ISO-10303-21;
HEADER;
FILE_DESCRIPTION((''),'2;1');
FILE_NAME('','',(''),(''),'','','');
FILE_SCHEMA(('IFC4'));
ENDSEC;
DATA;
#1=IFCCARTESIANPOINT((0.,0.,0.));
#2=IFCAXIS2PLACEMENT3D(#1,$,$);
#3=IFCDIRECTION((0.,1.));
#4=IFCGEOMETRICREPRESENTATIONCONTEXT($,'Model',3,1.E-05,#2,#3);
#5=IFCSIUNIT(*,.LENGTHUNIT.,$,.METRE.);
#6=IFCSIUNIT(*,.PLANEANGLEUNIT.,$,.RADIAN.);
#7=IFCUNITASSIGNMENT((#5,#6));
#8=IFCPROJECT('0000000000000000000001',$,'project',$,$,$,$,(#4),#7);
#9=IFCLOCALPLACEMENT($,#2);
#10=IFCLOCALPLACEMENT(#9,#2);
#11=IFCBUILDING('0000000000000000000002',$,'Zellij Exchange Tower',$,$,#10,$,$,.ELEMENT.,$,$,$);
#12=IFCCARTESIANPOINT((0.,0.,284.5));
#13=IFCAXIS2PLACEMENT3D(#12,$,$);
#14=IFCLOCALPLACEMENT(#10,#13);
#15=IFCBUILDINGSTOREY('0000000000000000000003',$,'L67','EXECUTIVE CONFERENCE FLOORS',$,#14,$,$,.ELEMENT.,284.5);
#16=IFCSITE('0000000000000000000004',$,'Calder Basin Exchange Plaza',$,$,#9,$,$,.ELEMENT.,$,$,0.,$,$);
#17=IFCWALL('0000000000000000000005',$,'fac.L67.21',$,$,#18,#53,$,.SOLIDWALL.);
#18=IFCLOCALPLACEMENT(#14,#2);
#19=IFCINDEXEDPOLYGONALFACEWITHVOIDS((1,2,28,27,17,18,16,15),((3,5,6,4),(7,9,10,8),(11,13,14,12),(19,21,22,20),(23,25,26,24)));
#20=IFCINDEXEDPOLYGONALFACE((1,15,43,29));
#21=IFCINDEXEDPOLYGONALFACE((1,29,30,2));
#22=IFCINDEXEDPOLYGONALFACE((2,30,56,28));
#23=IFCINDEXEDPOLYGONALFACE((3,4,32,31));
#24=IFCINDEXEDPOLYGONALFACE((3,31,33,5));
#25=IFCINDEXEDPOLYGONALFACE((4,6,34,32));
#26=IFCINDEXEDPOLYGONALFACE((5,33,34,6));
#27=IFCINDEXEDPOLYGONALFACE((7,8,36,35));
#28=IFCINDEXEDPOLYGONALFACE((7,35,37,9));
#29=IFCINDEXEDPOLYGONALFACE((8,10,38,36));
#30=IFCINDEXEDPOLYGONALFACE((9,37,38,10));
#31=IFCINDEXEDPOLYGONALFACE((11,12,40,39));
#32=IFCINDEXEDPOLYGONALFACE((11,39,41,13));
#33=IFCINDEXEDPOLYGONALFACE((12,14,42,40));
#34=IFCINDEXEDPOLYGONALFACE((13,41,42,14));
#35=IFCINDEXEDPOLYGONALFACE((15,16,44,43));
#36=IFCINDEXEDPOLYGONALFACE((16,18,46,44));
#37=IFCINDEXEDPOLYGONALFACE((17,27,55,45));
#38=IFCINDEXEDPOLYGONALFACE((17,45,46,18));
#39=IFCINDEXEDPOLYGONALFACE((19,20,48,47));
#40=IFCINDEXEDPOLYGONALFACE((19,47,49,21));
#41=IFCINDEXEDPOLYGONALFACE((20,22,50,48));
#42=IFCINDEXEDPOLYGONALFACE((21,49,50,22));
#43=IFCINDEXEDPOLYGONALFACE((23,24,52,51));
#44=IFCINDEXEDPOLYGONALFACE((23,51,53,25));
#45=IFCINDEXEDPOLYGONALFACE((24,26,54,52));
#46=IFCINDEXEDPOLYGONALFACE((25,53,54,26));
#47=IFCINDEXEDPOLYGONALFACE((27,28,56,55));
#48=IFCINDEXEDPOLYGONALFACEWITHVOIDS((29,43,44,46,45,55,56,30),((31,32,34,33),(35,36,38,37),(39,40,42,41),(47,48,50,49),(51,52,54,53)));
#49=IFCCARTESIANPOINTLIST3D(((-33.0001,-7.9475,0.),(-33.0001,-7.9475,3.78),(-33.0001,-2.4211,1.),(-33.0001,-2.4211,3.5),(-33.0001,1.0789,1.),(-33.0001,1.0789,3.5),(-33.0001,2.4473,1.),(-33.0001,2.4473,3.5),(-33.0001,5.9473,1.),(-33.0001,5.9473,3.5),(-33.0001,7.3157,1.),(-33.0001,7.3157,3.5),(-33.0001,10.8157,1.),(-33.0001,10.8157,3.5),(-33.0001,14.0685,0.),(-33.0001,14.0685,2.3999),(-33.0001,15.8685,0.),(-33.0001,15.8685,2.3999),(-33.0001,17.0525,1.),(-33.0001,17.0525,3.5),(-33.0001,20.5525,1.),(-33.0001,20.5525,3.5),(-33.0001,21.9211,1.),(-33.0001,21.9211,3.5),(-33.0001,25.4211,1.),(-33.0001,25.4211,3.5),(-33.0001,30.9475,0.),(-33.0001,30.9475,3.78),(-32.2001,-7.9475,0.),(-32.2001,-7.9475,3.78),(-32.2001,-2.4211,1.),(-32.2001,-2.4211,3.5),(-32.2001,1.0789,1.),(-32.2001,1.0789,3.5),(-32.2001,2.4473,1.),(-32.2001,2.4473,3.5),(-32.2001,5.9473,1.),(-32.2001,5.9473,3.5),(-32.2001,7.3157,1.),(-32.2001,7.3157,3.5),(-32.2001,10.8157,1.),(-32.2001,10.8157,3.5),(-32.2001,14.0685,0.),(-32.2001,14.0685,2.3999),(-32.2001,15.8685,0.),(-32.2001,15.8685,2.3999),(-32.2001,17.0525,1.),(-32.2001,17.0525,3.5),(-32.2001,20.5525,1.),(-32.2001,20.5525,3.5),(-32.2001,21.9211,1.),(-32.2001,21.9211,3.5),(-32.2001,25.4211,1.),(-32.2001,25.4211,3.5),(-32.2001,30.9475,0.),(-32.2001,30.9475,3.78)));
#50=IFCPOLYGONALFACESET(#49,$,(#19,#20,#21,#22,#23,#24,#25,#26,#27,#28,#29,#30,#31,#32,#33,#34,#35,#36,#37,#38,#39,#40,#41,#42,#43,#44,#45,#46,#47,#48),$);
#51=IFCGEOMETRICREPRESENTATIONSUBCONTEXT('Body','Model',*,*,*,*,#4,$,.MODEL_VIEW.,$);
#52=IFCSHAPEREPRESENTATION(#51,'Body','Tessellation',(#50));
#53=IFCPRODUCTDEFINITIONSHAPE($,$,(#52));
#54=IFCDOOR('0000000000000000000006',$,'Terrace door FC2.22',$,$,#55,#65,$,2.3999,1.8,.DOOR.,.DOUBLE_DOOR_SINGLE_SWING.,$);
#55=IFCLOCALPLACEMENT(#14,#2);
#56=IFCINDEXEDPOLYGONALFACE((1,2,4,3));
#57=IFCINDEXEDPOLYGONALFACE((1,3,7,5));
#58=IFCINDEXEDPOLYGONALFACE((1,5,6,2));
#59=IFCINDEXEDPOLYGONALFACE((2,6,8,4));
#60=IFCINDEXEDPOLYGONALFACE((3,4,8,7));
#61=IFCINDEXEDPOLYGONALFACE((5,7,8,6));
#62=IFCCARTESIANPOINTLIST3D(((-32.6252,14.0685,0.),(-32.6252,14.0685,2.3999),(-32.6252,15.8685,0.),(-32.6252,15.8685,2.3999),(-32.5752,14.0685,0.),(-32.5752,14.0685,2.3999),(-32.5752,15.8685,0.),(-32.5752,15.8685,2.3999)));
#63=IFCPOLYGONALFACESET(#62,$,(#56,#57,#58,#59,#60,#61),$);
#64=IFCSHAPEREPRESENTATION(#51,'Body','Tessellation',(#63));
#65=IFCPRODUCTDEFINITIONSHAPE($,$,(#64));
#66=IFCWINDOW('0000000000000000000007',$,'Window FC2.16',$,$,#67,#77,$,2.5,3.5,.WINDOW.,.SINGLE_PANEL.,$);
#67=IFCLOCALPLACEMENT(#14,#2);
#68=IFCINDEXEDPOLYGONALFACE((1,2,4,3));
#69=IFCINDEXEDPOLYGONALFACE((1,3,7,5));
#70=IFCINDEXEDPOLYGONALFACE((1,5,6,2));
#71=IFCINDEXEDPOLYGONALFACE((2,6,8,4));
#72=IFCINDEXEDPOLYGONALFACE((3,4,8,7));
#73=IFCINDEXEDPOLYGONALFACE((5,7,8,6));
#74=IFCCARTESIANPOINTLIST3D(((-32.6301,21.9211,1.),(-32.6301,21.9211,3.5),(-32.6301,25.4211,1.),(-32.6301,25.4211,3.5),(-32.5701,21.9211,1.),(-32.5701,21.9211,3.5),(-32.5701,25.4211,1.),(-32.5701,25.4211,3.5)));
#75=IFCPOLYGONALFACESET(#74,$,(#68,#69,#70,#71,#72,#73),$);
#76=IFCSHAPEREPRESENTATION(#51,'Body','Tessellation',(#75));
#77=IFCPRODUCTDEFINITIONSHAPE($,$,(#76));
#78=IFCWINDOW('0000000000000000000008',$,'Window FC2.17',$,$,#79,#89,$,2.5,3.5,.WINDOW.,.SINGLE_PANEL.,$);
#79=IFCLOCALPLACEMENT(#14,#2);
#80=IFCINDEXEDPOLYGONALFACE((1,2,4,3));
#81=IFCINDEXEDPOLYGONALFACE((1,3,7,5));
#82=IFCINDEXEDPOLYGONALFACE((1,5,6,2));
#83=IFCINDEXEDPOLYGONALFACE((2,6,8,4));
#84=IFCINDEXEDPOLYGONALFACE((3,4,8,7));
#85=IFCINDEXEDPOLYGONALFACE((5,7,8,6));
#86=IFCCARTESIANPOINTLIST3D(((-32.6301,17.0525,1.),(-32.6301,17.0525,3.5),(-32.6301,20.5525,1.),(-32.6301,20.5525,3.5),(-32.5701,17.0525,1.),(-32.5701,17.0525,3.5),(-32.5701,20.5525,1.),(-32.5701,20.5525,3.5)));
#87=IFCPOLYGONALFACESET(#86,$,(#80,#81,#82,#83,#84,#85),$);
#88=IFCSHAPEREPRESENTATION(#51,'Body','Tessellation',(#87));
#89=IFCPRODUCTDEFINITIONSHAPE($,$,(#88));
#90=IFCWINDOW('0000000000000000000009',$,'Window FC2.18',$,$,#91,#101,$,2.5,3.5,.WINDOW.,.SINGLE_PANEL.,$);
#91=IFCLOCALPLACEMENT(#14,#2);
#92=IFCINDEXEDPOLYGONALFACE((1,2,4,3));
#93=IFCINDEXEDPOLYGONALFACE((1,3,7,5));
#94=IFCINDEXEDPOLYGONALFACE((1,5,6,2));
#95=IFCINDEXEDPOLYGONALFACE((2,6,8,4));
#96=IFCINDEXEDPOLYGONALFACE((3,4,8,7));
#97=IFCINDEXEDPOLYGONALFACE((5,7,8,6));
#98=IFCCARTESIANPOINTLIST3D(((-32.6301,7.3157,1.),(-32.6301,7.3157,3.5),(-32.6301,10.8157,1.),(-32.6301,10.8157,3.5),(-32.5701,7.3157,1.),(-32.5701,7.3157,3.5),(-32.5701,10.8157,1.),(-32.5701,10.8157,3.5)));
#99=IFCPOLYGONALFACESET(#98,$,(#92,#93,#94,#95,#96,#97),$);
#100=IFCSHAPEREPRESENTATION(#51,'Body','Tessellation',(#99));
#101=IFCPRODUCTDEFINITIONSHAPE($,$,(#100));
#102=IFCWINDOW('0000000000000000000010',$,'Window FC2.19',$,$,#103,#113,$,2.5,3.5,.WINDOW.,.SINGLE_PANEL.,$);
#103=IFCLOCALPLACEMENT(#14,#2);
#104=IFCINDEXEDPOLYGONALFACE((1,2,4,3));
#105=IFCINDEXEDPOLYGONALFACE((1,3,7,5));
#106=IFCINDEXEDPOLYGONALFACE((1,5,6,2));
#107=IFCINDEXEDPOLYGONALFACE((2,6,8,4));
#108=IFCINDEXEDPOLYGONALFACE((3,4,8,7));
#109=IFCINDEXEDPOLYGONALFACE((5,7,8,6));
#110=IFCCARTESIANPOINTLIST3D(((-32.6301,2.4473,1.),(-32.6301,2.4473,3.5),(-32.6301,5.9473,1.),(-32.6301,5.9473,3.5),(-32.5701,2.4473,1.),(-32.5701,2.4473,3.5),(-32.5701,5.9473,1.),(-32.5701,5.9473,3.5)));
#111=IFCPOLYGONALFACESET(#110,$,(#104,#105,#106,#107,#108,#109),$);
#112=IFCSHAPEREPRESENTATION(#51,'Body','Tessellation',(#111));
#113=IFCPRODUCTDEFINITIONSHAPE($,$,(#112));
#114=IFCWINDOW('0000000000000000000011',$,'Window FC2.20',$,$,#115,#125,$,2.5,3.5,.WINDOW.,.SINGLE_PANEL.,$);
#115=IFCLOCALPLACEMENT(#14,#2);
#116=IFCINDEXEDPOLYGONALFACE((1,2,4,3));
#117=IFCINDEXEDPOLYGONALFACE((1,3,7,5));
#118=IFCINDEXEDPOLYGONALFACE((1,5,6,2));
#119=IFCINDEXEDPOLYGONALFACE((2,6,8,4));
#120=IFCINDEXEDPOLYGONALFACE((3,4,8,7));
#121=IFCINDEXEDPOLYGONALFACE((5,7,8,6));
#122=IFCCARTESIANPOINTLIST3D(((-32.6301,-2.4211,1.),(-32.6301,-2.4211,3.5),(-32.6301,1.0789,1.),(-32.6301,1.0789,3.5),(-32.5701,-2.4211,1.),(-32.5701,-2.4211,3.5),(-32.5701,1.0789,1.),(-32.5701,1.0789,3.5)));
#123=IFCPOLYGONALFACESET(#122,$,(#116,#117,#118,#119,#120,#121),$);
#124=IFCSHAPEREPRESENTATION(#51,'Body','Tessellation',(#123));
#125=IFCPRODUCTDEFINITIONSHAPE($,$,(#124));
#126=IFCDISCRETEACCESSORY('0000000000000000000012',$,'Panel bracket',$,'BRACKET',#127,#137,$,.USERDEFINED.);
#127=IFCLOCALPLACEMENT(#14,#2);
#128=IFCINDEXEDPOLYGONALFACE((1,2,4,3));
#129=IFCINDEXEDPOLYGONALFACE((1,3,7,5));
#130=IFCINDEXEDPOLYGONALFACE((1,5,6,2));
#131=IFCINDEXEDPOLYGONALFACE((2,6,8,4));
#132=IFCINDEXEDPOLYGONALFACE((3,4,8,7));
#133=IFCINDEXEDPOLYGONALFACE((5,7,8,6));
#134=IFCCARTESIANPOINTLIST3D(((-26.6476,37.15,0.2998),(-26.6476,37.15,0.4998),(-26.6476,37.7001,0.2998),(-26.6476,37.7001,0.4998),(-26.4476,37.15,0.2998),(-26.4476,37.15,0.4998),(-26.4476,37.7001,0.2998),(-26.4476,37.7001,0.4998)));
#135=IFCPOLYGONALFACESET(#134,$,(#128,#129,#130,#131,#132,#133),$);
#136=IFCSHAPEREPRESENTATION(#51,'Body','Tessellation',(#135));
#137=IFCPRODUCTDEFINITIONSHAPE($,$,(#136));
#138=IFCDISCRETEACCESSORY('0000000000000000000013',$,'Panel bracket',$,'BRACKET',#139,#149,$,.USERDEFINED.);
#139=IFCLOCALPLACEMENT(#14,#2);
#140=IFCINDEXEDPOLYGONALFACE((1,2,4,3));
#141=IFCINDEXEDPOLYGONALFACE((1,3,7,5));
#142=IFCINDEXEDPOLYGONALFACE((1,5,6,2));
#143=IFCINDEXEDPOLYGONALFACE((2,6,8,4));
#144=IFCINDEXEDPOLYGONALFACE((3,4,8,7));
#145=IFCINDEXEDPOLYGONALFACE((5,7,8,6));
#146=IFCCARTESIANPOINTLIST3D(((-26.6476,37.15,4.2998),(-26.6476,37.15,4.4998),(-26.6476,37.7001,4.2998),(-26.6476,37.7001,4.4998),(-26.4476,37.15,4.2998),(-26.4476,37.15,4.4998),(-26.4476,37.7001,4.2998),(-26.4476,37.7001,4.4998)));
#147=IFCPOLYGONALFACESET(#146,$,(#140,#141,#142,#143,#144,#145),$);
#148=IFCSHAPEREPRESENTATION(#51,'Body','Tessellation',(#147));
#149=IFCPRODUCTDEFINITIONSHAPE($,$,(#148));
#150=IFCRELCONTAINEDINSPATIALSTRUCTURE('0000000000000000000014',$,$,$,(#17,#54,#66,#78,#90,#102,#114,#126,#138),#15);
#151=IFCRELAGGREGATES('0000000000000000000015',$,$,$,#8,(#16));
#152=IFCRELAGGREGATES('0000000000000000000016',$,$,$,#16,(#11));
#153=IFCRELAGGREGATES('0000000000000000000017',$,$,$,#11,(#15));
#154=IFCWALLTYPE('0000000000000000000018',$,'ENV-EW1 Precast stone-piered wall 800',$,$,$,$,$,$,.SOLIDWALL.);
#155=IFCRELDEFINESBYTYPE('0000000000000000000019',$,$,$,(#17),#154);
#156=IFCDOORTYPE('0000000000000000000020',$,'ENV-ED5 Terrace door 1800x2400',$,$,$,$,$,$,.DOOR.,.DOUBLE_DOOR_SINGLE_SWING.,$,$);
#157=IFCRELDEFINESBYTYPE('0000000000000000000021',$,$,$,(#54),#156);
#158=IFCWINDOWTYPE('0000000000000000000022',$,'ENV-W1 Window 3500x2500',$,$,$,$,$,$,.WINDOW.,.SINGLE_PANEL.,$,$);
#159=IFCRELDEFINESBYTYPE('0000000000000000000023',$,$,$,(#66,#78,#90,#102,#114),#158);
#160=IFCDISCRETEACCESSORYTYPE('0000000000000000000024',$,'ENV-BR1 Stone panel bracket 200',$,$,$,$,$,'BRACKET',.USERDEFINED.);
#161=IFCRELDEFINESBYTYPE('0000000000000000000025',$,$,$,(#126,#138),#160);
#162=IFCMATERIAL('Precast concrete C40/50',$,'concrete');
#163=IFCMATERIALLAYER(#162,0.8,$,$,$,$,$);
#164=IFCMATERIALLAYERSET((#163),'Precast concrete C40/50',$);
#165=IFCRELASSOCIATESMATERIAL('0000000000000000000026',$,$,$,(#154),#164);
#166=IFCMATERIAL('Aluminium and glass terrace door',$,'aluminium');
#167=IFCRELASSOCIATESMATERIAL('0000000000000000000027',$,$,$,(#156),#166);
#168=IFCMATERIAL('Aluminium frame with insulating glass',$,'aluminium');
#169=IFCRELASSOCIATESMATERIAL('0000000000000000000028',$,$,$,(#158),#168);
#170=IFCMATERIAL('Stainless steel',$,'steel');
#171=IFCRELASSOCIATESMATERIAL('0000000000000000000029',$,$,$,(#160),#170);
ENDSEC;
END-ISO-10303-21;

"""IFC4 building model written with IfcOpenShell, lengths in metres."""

from ifc_helpers import new_model, si_unit, direction, frame, frame_2d, origin, origin_2d, place, context, subcontext, project, spatial, rectangle, extrude, material, layer, layer_set, type_object, element, fill, save


model = new_model("IFC4")

# Units and contexts
model_context = context("Model", 3, precision=1e-05, world=origin(), true_north=direction((0.0, 1.0)))
body_context = subcontext(model_context, "Body", "Model", "MODEL_VIEW")
ifc_project = project(units=[si_unit("LENGTHUNIT", "METRE"), si_unit("PLANEANGLEUNIT", "RADIAN")], contexts=[model_context])

# Site, building, storey
site_placement = place(None, origin())
site = spatial("IfcSite", under=ifc_project, at=site_placement, Name="Calder Basin Exchange Plaza", CompositionType="ELEMENT", RefElevation=0.0)
building_placement = place(site_placement, origin())
building = spatial("IfcBuilding", under=site, at=building_placement, Name="Zellij Exchange Tower", CompositionType="ELEMENT")
storey_placement = place(building_placement, frame((0.0, 0.0, 284.5)))
storey = spatial("IfcBuildingStorey", under=building, at=storey_placement, Name="L67", Description="EXECUTIVE CONFERENCE FLOORS", CompositionType="ELEMENT", Elevation=284.5)

# Shared definitions
ifc_material_1 = material(Name="Precast concrete C40/50", Category="concrete")
ifc_layer = layer(ifc_material_1, 0.8)
ifc_layer_set = layer_set([ifc_layer], Name="Precast concrete C40/50")
wall_type = type_object("IfcWallType", Name="ENV-EW1 Precast stone-piered wall 800", PredefinedType="SOLIDWALL", material=ifc_layer_set)

# Wall, openings, door, windows
wall_1_placement = place(storey_placement, frame((-32.6001, 30.9475, 0.0), z_axis=(0.0, 0.0, 1.0), x_axis=(0.0, -1.0, 0.0)))
wall_1 = element("IfcWall", 1, at=wall_1_placement, inside=storey, type_object=wall_type, Name="fac.L67.21", PredefinedType="SOLIDWALL", context=body_context, shape_type="SweptSolid", body=[
    extrude(rectangle(XDim=38.895, YDim=0.8, at=frame_2d((19.4475, 0.0))), origin(), (0.0, 0.0, 1.0), 3.78),
])
opening_1_placement = place(wall_1_placement, frame((5.5264, 0.0, 1.0)))
opening_1 = element("IfcOpeningElement", 2, at=opening_1_placement, cuts=wall_1, PredefinedType="OPENING", context=body_context, shape_type="SweptSolid", body=[
    extrude(rectangle(XDim=3.5, YDim=2.5, at=frame_2d((1.75, 1.25))), frame((0.0, 0.4121, 0.0), z_axis=(0.0, -1.0, 0.0), x_axis=(1.0, 0.0, 0.0)), (0.0, 0.0, 1.0), 0.824),
])
opening_2_placement = place(wall_1_placement, frame((10.395, 0.0, 1.0)))
opening_2 = element("IfcOpeningElement", 3, at=opening_2_placement, cuts=wall_1, PredefinedType="OPENING", context=body_context, shape_type="SweptSolid", body=[
    extrude(rectangle(XDim=3.5, YDim=2.5, at=frame_2d((1.75, 1.25))), frame((0.0, 0.4121, 0.0), z_axis=(0.0, -1.0, 0.0), x_axis=(1.0, 0.0, 0.0)), (0.0, 0.0, 1.0), 0.824),
])
opening_3_placement = place(wall_1_placement, frame((20.1318, 0.0, 1.0)))
opening_3 = element("IfcOpeningElement", 4, at=opening_3_placement, cuts=wall_1, PredefinedType="OPENING", context=body_context, shape_type="SweptSolid", body=[
    extrude(rectangle(XDim=3.5, YDim=2.5, at=frame_2d((1.75, 1.25))), frame((0.0, 0.4121, 0.0), z_axis=(0.0, -1.0, 0.0), x_axis=(1.0, 0.0, 0.0)), (0.0, 0.0, 1.0), 0.824),
])
opening_4_placement = place(wall_1_placement, frame((25.0002, 0.0, 1.0)))
opening_4 = element("IfcOpeningElement", 5, at=opening_4_placement, cuts=wall_1, PredefinedType="OPENING", context=body_context, shape_type="SweptSolid", body=[
    extrude(rectangle(XDim=3.5, YDim=2.5, at=frame_2d((1.75, 1.25))), frame((0.0, 0.4121, 0.0), z_axis=(0.0, -1.0, 0.0), x_axis=(1.0, 0.0, 0.0)), (0.0, 0.0, 1.0), 0.824),
])
opening_5_placement = place(wall_1_placement, frame((29.8687, 0.0, 1.0)))
opening_5 = element("IfcOpeningElement", 6, at=opening_5_placement, cuts=wall_1, PredefinedType="OPENING", context=body_context, shape_type="SweptSolid", body=[
    extrude(rectangle(XDim=3.5, YDim=2.5, at=frame_2d((1.75, 1.25))), frame((0.0, 0.4121, 0.0), z_axis=(0.0, -1.0, 0.0), x_axis=(1.0, 0.0, 0.0)), (0.0, 0.0, 1.0), 0.824),
])
opening_6_placement = place(wall_1_placement, frame((15.0791, 0.0, 0.0)))
opening_6 = element("IfcOpeningElement", 7, at=opening_6_placement, cuts=wall_1, PredefinedType="OPENING", context=body_context, shape_type="SweptSolid", body=[
    extrude(rectangle(XDim=1.8, YDim=2.3999, at=frame_2d((0.8999, 1.2))), frame((0.0, 0.4121, 0.0), z_axis=(0.0, -1.0, 0.0), x_axis=(1.0, 0.0, 0.0)), (0.0, 0.0, 1.0), 0.824),
])
ifc_material_2 = material(Name="Aluminium and glass terrace door", Category="aluminium")
door_type = type_object("IfcDoorType", Name="ENV-ED5 Terrace door 1800x2400", OperationType="DOUBLE_DOOR_SINGLE_SWING", PredefinedType="DOOR", material=ifc_material_2)
door_placement = place(opening_6_placement, origin())
door = element("IfcDoor", 8, at=door_placement, inside=storey, type_object=door_type, Name="Terrace door FC2.22", OperationType="DOUBLE_DOOR_SINGLE_SWING", OverallHeight=2.3999, OverallWidth=1.8, PredefinedType="DOOR", context=body_context, shape_type="SweptSolid", body=[
    extrude(rectangle(XDim=1.8, YDim=2.3999, at=frame_2d((0.8999, 1.2))), frame((0.0, 0.0249, 0.0), z_axis=(0.0, -1.0, 0.0), x_axis=(1.0, 0.0, 0.0)), (0.0, 0.0, 1.0), 0.05),
])
fill(opening_6, door)
ifc_material_3 = material(Name="Aluminium frame with insulating glass", Category="aluminium")
window_type = type_object("IfcWindowType", Name="ENV-W1 Window 3500x2500", PartitioningType="SINGLE_PANEL", PredefinedType="WINDOW", material=ifc_material_3)
window_1_placement = place(opening_1_placement, origin())
window_1 = element("IfcWindow", 9, at=window_1_placement, inside=storey, type_object=window_type, Name="Window FC2.16", OverallHeight=2.5, OverallWidth=3.5, PartitioningType="SINGLE_PANEL", PredefinedType="WINDOW", context=body_context, shape_type="SweptSolid", body=[
    extrude(rectangle(XDim=3.5, YDim=2.5, at=frame_2d((1.75, 1.25))), frame((0.0, 0.03, 0.0), z_axis=(0.0, -1.0, 0.0), x_axis=(1.0, 0.0, 0.0)), (0.0, 0.0, 1.0), 0.0601),
])
fill(opening_1, window_1)
window_2_placement = place(opening_2_placement, origin())
window_2 = element("IfcWindow", 10, at=window_2_placement, inside=storey, type_object=window_type, Name="Window FC2.17", OverallHeight=2.5, OverallWidth=3.5, PartitioningType="SINGLE_PANEL", PredefinedType="WINDOW", context=body_context, shape_type="SweptSolid", body=[
    extrude(rectangle(XDim=3.5, YDim=2.5, at=frame_2d((1.75, 1.25))), frame((0.0, 0.03, 0.0), z_axis=(0.0, -1.0, 0.0), x_axis=(1.0, 0.0, 0.0)), (0.0, 0.0, 1.0), 0.0601),
])
fill(opening_2, window_2)
window_3_placement = place(opening_3_placement, origin())
window_3 = element("IfcWindow", 11, at=window_3_placement, inside=storey, type_object=window_type, Name="Window FC2.18", OverallHeight=2.5, OverallWidth=3.5, PartitioningType="SINGLE_PANEL", PredefinedType="WINDOW", context=body_context, shape_type="SweptSolid", body=[
    extrude(rectangle(XDim=3.5, YDim=2.5, at=frame_2d((1.75, 1.25))), frame((0.0, 0.03, 0.0), z_axis=(0.0, -1.0, 0.0), x_axis=(1.0, 0.0, 0.0)), (0.0, 0.0, 1.0), 0.0601),
])
fill(opening_3, window_3)
window_4_placement = place(opening_4_placement, origin())
window_4 = element("IfcWindow", 12, at=window_4_placement, inside=storey, type_object=window_type, Name="Window FC2.19", OverallHeight=2.5, OverallWidth=3.5, PartitioningType="SINGLE_PANEL", PredefinedType="WINDOW", context=body_context, shape_type="SweptSolid", body=[
    extrude(rectangle(XDim=3.5, YDim=2.5, at=frame_2d((1.75, 1.25))), frame((0.0, 0.03, 0.0), z_axis=(0.0, -1.0, 0.0), x_axis=(1.0, 0.0, 0.0)), (0.0, 0.0, 1.0), 0.0601),
])
fill(opening_4, window_4)
window_5_placement = place(opening_5_placement, origin())
window_5 = element("IfcWindow", 13, at=window_5_placement, inside=storey, type_object=window_type, Name="Window FC2.20", OverallHeight=2.5, OverallWidth=3.5, PartitioningType="SINGLE_PANEL", PredefinedType="WINDOW", context=body_context, shape_type="SweptSolid", body=[
    extrude(rectangle(XDim=3.5, YDim=2.5, at=frame_2d((1.75, 1.25))), frame((0.0, 0.03, 0.0), z_axis=(0.0, -1.0, 0.0), x_axis=(1.0, 0.0, 0.0)), (0.0, 0.0, 1.0), 0.0601),
])
fill(opening_5, window_5)

# Discrete accessories
ifc_material_4 = material(Name="Stainless steel", Category="steel")
discrete_accessory_type = type_object("IfcDiscreteAccessoryType", Name="ENV-BR1 Stone panel bracket 200", ElementType="BRACKET", PredefinedType="USERDEFINED", material=ifc_material_4)
for number, where, z_axis, x_axis, name in (
    (14, (-26.5476, 37.425, 0.2998), (0.0, 0.0, 1.0), (-1.0, 0.0, 0.0), "Panel bracket"),
    (15, (-26.5476, 37.425, 4.2998), (0.0, 0.0, 1.0), (-1.0, 0.0, 0.0), "Panel bracket"),
):
    element("IfcDiscreteAccessory", number, at=place(storey_placement, frame(where, z_axis=z_axis, x_axis=x_axis)), inside=storey, type_object=discrete_accessory_type, Name=name, ObjectType="BRACKET", PredefinedType="USERDEFINED", context=body_context, shape_type="SweptSolid", body=[
        extrude(rectangle(XDim=0.2, YDim=0.55, at=origin_2d()), origin(), (0.0, 0.0, 1.0), 0.2),
    ])

save(model, "model.ifc")
